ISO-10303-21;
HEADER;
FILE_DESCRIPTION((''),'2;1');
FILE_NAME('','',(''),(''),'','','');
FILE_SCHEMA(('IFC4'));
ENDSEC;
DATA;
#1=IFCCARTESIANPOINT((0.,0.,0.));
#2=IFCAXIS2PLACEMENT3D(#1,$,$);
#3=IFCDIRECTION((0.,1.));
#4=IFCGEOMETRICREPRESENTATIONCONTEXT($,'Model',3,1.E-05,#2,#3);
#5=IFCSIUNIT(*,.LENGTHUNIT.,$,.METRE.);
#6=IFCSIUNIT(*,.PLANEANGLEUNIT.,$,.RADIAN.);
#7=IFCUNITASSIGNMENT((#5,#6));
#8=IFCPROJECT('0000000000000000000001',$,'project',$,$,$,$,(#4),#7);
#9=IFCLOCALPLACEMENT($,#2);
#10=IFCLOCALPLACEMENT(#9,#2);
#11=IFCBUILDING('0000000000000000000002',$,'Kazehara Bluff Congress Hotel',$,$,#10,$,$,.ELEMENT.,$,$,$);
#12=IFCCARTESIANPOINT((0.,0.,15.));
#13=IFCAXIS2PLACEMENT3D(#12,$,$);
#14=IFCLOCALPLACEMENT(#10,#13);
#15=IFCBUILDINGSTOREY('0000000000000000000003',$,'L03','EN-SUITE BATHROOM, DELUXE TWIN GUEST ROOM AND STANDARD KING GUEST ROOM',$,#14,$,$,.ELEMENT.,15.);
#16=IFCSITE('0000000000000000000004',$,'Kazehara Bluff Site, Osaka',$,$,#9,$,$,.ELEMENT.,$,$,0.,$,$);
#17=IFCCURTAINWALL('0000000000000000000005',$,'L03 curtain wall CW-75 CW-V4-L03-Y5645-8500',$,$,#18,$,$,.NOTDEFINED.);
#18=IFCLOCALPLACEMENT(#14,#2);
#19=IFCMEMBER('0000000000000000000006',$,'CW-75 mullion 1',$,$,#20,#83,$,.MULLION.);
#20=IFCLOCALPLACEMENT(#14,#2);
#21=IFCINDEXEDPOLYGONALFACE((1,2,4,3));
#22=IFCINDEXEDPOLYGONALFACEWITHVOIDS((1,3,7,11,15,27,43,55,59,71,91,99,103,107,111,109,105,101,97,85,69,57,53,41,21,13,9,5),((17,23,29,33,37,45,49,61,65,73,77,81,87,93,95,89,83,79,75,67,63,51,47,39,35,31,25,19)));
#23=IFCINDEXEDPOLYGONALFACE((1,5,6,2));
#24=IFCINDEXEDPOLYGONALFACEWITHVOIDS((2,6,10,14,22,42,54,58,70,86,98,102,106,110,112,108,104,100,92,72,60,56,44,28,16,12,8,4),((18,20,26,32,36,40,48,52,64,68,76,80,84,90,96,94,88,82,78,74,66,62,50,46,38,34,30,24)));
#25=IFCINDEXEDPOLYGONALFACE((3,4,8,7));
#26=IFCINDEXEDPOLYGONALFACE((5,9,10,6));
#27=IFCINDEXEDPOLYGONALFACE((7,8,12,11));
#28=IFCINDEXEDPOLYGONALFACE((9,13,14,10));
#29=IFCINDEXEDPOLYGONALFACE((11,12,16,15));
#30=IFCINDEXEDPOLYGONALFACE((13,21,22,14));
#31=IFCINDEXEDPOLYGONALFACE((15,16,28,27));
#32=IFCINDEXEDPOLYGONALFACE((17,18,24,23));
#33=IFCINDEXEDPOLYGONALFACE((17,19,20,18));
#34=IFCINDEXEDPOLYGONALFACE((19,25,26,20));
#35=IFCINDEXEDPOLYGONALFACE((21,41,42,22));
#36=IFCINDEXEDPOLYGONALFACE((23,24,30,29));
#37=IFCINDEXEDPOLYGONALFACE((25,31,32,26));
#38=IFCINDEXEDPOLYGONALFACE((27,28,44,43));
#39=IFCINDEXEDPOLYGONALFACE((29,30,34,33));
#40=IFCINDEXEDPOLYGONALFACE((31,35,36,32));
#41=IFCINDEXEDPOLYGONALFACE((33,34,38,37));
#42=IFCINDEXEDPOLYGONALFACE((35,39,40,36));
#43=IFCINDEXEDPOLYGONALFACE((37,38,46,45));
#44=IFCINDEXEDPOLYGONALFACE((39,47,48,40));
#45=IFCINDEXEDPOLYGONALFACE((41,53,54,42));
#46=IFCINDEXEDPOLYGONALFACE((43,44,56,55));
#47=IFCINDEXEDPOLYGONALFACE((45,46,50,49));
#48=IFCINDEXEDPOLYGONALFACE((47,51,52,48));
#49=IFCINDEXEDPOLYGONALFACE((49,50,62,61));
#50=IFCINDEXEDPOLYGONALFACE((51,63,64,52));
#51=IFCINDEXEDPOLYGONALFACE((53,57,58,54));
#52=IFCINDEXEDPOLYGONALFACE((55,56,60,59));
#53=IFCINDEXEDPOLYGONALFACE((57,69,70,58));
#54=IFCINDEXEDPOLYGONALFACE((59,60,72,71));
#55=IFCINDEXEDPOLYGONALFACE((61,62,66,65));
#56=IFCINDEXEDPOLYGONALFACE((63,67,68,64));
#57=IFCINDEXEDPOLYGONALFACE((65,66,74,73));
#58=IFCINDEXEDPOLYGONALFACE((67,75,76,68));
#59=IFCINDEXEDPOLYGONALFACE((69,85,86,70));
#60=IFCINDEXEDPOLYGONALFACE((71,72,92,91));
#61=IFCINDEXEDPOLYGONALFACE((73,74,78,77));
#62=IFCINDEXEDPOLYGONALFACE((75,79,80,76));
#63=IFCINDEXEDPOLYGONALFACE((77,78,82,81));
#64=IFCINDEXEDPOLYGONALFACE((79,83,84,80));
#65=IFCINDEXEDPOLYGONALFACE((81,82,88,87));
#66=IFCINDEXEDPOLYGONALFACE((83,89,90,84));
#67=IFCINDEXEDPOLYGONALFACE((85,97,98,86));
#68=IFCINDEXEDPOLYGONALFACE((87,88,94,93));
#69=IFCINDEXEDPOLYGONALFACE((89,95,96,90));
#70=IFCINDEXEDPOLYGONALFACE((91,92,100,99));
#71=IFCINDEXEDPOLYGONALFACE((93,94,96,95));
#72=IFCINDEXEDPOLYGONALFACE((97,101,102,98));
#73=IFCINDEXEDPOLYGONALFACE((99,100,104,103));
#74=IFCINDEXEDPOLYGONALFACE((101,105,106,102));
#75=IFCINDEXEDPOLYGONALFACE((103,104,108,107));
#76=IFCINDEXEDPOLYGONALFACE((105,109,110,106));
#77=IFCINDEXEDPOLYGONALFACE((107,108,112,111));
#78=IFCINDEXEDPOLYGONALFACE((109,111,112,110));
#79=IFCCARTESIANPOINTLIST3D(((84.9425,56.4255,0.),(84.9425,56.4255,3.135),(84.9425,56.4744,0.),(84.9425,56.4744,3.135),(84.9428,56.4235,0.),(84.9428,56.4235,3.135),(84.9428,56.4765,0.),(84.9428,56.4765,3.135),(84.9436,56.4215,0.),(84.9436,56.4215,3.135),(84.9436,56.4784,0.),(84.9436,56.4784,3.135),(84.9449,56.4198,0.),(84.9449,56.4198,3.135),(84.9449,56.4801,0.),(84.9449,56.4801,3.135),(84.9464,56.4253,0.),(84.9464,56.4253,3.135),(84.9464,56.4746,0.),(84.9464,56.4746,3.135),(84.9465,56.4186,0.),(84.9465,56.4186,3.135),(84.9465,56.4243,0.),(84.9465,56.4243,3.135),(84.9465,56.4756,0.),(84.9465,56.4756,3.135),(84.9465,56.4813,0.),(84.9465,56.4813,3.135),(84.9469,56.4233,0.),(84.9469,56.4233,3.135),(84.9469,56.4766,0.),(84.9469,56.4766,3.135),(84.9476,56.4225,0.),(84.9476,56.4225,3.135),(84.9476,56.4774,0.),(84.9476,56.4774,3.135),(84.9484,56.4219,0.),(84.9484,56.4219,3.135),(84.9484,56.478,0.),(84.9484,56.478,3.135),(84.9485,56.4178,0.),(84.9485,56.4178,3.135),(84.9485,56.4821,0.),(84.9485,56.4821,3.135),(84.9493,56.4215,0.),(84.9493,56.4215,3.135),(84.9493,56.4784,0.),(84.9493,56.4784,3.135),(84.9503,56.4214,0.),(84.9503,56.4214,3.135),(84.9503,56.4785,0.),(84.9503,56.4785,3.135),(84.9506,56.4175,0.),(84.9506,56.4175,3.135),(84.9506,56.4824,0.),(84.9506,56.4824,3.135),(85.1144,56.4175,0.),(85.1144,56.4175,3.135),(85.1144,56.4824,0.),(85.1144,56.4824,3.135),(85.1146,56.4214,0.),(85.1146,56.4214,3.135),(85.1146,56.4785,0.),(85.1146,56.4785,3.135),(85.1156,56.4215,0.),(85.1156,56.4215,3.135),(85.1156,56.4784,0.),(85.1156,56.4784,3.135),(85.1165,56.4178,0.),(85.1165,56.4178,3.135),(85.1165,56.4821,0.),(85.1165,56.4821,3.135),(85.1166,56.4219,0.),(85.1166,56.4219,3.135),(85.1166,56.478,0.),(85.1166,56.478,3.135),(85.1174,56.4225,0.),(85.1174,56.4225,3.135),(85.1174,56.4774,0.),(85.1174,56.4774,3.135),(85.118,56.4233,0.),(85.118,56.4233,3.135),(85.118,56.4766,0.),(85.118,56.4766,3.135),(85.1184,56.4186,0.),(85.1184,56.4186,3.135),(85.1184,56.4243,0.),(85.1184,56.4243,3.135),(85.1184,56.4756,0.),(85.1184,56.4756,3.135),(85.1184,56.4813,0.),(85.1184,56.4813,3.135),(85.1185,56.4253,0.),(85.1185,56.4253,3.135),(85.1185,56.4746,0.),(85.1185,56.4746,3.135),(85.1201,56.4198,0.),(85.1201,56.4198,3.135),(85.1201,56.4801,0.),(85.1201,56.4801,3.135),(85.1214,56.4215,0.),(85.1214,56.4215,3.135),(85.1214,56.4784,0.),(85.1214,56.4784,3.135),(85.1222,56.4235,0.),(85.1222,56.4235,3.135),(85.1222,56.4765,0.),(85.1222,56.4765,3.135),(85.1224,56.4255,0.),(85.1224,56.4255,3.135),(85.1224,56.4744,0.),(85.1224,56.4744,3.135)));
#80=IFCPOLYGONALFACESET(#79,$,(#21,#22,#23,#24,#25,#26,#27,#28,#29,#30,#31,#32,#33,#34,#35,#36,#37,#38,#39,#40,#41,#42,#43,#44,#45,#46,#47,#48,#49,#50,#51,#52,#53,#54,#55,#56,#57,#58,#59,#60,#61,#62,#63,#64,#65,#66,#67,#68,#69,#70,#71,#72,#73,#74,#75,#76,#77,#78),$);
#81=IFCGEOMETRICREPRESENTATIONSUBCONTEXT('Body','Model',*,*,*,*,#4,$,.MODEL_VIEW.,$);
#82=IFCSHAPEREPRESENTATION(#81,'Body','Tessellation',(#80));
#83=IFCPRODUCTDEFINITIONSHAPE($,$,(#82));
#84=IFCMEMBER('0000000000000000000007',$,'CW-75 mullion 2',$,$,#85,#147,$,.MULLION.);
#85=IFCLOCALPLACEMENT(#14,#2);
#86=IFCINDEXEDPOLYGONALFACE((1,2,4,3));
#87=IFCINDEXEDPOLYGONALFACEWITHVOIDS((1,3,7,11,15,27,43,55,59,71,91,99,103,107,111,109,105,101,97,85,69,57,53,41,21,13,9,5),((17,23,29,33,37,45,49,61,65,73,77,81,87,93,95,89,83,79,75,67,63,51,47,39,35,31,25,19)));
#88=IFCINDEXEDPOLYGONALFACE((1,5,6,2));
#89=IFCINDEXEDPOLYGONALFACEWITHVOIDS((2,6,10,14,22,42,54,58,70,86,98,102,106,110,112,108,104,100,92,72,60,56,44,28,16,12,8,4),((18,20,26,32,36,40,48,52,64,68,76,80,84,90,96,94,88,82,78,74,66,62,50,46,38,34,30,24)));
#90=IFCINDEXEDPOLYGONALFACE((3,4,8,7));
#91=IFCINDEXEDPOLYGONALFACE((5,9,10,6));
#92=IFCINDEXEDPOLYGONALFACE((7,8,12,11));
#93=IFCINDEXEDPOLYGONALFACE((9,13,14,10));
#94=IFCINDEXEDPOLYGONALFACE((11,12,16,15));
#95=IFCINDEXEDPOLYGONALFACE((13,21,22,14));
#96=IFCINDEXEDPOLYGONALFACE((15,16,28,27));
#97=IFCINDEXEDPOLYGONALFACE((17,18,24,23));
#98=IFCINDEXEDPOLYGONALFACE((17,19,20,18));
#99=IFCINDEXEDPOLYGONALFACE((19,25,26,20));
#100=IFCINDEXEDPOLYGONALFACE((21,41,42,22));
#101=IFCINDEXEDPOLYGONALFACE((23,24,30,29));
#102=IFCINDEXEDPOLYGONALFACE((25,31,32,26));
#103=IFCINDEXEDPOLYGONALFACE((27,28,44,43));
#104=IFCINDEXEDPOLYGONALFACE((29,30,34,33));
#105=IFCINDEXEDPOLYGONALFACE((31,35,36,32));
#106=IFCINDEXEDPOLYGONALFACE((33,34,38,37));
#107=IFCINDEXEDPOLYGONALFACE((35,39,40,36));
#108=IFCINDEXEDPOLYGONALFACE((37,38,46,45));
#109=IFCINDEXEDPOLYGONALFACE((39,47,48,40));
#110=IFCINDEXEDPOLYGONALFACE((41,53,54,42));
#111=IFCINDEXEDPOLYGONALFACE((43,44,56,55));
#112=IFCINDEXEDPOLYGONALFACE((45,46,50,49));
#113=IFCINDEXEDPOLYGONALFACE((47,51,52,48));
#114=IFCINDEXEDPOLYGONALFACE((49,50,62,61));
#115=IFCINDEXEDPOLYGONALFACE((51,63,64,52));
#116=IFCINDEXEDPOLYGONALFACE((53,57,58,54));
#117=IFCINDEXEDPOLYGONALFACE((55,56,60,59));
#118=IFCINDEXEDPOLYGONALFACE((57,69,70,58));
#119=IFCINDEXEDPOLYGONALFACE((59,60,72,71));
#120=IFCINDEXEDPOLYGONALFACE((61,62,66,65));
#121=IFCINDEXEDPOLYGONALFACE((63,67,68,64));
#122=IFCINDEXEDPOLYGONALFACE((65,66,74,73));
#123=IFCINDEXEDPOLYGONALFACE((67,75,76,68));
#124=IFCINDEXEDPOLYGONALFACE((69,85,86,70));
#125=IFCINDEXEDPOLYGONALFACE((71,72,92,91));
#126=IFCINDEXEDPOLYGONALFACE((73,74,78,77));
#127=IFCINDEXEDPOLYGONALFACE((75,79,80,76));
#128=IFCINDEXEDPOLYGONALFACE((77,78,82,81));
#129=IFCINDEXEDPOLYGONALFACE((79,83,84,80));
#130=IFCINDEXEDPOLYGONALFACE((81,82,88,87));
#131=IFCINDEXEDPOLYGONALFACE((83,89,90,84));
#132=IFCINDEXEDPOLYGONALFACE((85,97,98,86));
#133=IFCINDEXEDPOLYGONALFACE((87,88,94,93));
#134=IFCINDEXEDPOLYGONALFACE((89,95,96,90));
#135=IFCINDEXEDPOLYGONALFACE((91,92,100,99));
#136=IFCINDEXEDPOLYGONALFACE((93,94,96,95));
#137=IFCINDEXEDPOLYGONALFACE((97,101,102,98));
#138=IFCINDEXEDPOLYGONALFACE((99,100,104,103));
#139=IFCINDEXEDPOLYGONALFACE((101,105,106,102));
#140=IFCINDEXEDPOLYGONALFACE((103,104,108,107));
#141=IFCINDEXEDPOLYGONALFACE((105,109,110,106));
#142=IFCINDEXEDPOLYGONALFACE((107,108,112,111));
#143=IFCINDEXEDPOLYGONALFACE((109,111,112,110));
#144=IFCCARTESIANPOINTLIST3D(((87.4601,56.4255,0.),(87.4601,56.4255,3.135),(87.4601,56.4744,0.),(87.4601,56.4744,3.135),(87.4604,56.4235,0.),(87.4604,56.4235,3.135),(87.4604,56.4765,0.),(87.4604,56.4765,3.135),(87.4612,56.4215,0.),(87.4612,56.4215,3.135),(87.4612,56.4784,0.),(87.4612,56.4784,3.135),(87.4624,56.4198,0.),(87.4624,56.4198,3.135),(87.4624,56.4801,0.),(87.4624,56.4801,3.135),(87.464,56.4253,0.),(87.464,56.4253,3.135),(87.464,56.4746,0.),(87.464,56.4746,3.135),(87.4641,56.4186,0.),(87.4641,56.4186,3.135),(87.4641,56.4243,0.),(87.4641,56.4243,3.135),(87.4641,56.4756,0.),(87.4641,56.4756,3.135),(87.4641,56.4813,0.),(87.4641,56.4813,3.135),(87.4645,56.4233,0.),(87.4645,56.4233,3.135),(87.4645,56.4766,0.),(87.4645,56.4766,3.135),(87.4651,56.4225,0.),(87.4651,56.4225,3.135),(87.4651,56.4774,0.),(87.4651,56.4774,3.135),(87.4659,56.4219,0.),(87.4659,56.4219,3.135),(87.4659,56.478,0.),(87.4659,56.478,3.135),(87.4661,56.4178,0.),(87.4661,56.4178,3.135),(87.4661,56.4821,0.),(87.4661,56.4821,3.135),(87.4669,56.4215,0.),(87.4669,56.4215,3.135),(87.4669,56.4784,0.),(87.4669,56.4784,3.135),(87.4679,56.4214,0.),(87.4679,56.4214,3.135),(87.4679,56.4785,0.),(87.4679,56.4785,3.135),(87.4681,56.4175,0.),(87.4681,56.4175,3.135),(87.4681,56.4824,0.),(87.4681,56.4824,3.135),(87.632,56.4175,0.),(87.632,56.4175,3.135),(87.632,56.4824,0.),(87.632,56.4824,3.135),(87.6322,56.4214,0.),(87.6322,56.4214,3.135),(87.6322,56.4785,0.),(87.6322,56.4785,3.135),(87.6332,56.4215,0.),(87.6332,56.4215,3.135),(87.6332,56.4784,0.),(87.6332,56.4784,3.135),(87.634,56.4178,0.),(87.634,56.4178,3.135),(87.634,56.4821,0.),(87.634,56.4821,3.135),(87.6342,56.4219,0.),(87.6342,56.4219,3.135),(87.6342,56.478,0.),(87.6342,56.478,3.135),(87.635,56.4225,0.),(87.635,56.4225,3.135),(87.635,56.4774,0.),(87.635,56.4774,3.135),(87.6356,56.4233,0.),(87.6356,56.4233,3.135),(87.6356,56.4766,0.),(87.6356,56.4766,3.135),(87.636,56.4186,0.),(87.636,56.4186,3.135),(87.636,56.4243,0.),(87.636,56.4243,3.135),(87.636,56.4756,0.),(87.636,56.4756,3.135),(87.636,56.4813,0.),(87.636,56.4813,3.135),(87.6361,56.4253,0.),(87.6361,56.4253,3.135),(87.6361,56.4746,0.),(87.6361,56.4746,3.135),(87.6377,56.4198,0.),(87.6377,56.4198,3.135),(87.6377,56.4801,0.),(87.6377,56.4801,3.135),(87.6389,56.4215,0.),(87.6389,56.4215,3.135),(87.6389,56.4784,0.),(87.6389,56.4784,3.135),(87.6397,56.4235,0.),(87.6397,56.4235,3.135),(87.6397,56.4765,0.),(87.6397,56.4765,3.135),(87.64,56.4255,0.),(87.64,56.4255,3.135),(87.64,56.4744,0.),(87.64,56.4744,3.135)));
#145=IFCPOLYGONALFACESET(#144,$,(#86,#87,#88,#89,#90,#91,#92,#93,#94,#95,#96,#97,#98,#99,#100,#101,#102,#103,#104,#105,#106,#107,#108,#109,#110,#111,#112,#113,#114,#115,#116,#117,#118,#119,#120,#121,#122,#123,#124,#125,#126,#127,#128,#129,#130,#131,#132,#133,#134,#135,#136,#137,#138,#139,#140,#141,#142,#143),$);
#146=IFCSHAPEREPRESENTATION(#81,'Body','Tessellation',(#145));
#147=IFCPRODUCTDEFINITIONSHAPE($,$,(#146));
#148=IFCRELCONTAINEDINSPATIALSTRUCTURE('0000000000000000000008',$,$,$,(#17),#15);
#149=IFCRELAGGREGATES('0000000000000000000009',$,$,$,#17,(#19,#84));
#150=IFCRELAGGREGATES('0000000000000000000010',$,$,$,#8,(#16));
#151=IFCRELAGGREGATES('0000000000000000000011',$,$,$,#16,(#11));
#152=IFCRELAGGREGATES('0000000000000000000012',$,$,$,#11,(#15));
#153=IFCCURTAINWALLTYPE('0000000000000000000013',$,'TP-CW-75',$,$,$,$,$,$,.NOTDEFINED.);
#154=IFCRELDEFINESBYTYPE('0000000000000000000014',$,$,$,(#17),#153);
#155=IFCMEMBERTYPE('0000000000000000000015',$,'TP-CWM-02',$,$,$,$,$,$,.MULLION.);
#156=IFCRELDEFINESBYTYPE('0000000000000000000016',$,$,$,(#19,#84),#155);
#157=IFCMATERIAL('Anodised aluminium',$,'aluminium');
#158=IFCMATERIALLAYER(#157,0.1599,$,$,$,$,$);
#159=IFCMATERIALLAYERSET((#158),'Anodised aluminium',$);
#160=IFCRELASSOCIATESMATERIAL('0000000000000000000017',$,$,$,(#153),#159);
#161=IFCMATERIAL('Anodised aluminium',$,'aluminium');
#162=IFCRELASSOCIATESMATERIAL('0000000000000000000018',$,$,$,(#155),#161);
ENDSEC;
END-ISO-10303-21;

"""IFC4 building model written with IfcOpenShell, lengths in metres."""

from ifc_helpers import new_model, si_unit, direction, frame, origin, origin_2d, place, context, subcontext, project, spatial, hollow_rectangle, extrude, material, layer, layer_set, material_profile, profile_set, type_object, element, aggregate, save


model = new_model("IFC4")

# Units and contexts
model_context = context("Model", 3, precision=1e-05, world=origin(), true_north=direction((0.0, 1.0)))
body_context = subcontext(model_context, "Body", "Model", "MODEL_VIEW")
ifc_project = project(units=[si_unit("LENGTHUNIT", "METRE"), si_unit("PLANEANGLEUNIT", "RADIAN")], contexts=[model_context])

# Site, building, storey
site_placement = place(None, origin())
site = spatial("IfcSite", under=ifc_project, at=site_placement, Name="Kazehara Bluff Site, Osaka", CompositionType="ELEMENT", RefElevation=0.0)
building_placement = place(site_placement, origin())
building = spatial("IfcBuilding", under=site, at=building_placement, Name="Kazehara Bluff Congress Hotel", CompositionType="ELEMENT")
storey_placement = place(building_placement, frame((0.0, 0.0, 15.0)))
storey = spatial("IfcBuildingStorey", under=building, at=storey_placement, Name="L03", Description="EN-SUITE BATHROOM, DELUXE TWIN GUEST ROOM AND STANDARD KING GUEST ROOM", CompositionType="ELEMENT", Elevation=15.0)

# Curtain wall, members
ifc_material_1 = material(Name="Anodised aluminium", Category="aluminium")
ifc_layer_1 = layer(ifc_material_1, 0.1599)
ifc_layer_set_1 = layer_set([ifc_layer_1], Name="Anodised aluminium")
curtain_wall_type = type_object("IfcCurtainWallType", Name="TP-CW-75", PredefinedType="NOTDEFINED", material=ifc_layer_set_1)
curtain_wall_placement = place(storey_placement, origin())
curtain_wall = element("IfcCurtainWall", 1, at=curtain_wall_placement, inside=storey, type_object=curtain_wall_type, Name="L03 curtain wall CW-75 CW-V4-L03-Y5645-8500", PredefinedType="NOTDEFINED")
ifc_material_2 = material(Name="Anodised aluminium", Category="aluminium")
ifc_material_profile_1 = material_profile(ifc_material_2, hollow_rectangle(XDim=0.0649, YDim=0.1799, WallThickness=0.0039, InnerFilletRadius=0.0039, OuterFilletRadius=0.0081, at=origin_2d()))
ifc_profile_set_1 = profile_set([ifc_material_profile_1], Name="Anodised aluminium")
member_type_1 = type_object("IfcMemberType", Name="TP-CWM-02", PredefinedType="MULLION", material=ifc_profile_set_1)
member_1_placement = place(storey_placement, frame((85.0325, 56.45, 0.0), z_axis=(0.0, 0.0, 1.0), x_axis=(0.0, 1.0, 0.0)))
member_1 = element("IfcMember", 2, at=member_1_placement, type_object=member_type_1, Name="CW-75 mullion 1", PredefinedType="MULLION", context=body_context, shape_type="SweptSolid", body=[
    extrude(hollow_rectangle(XDim=0.0649, YDim=0.1799, WallThickness=0.0039, InnerFilletRadius=0.0039, OuterFilletRadius=0.0081, at=origin_2d()), origin(), (0.0, 0.0, 1.0), 3.135),
])
member_2_placement = place(storey_placement, frame((87.55, 56.45, 0.0), z_axis=(0.0, 0.0, 1.0), x_axis=(0.0, 1.0, 0.0)))
member_2 = element("IfcMember", 3, at=member_2_placement, type_object=member_type_1, Name="CW-75 mullion 2", PredefinedType="MULLION", context=body_context, shape_type="SweptSolid", body=[
    extrude(hollow_rectangle(XDim=0.0649, YDim=0.1799, WallThickness=0.0039, InnerFilletRadius=0.0039, OuterFilletRadius=0.0081, at=origin_2d()), origin(), (0.0, 0.0, 1.0), 3.135),
])

aggregate(curtain_wall, [member_1, member_2])

save(model, "model.ifc")
